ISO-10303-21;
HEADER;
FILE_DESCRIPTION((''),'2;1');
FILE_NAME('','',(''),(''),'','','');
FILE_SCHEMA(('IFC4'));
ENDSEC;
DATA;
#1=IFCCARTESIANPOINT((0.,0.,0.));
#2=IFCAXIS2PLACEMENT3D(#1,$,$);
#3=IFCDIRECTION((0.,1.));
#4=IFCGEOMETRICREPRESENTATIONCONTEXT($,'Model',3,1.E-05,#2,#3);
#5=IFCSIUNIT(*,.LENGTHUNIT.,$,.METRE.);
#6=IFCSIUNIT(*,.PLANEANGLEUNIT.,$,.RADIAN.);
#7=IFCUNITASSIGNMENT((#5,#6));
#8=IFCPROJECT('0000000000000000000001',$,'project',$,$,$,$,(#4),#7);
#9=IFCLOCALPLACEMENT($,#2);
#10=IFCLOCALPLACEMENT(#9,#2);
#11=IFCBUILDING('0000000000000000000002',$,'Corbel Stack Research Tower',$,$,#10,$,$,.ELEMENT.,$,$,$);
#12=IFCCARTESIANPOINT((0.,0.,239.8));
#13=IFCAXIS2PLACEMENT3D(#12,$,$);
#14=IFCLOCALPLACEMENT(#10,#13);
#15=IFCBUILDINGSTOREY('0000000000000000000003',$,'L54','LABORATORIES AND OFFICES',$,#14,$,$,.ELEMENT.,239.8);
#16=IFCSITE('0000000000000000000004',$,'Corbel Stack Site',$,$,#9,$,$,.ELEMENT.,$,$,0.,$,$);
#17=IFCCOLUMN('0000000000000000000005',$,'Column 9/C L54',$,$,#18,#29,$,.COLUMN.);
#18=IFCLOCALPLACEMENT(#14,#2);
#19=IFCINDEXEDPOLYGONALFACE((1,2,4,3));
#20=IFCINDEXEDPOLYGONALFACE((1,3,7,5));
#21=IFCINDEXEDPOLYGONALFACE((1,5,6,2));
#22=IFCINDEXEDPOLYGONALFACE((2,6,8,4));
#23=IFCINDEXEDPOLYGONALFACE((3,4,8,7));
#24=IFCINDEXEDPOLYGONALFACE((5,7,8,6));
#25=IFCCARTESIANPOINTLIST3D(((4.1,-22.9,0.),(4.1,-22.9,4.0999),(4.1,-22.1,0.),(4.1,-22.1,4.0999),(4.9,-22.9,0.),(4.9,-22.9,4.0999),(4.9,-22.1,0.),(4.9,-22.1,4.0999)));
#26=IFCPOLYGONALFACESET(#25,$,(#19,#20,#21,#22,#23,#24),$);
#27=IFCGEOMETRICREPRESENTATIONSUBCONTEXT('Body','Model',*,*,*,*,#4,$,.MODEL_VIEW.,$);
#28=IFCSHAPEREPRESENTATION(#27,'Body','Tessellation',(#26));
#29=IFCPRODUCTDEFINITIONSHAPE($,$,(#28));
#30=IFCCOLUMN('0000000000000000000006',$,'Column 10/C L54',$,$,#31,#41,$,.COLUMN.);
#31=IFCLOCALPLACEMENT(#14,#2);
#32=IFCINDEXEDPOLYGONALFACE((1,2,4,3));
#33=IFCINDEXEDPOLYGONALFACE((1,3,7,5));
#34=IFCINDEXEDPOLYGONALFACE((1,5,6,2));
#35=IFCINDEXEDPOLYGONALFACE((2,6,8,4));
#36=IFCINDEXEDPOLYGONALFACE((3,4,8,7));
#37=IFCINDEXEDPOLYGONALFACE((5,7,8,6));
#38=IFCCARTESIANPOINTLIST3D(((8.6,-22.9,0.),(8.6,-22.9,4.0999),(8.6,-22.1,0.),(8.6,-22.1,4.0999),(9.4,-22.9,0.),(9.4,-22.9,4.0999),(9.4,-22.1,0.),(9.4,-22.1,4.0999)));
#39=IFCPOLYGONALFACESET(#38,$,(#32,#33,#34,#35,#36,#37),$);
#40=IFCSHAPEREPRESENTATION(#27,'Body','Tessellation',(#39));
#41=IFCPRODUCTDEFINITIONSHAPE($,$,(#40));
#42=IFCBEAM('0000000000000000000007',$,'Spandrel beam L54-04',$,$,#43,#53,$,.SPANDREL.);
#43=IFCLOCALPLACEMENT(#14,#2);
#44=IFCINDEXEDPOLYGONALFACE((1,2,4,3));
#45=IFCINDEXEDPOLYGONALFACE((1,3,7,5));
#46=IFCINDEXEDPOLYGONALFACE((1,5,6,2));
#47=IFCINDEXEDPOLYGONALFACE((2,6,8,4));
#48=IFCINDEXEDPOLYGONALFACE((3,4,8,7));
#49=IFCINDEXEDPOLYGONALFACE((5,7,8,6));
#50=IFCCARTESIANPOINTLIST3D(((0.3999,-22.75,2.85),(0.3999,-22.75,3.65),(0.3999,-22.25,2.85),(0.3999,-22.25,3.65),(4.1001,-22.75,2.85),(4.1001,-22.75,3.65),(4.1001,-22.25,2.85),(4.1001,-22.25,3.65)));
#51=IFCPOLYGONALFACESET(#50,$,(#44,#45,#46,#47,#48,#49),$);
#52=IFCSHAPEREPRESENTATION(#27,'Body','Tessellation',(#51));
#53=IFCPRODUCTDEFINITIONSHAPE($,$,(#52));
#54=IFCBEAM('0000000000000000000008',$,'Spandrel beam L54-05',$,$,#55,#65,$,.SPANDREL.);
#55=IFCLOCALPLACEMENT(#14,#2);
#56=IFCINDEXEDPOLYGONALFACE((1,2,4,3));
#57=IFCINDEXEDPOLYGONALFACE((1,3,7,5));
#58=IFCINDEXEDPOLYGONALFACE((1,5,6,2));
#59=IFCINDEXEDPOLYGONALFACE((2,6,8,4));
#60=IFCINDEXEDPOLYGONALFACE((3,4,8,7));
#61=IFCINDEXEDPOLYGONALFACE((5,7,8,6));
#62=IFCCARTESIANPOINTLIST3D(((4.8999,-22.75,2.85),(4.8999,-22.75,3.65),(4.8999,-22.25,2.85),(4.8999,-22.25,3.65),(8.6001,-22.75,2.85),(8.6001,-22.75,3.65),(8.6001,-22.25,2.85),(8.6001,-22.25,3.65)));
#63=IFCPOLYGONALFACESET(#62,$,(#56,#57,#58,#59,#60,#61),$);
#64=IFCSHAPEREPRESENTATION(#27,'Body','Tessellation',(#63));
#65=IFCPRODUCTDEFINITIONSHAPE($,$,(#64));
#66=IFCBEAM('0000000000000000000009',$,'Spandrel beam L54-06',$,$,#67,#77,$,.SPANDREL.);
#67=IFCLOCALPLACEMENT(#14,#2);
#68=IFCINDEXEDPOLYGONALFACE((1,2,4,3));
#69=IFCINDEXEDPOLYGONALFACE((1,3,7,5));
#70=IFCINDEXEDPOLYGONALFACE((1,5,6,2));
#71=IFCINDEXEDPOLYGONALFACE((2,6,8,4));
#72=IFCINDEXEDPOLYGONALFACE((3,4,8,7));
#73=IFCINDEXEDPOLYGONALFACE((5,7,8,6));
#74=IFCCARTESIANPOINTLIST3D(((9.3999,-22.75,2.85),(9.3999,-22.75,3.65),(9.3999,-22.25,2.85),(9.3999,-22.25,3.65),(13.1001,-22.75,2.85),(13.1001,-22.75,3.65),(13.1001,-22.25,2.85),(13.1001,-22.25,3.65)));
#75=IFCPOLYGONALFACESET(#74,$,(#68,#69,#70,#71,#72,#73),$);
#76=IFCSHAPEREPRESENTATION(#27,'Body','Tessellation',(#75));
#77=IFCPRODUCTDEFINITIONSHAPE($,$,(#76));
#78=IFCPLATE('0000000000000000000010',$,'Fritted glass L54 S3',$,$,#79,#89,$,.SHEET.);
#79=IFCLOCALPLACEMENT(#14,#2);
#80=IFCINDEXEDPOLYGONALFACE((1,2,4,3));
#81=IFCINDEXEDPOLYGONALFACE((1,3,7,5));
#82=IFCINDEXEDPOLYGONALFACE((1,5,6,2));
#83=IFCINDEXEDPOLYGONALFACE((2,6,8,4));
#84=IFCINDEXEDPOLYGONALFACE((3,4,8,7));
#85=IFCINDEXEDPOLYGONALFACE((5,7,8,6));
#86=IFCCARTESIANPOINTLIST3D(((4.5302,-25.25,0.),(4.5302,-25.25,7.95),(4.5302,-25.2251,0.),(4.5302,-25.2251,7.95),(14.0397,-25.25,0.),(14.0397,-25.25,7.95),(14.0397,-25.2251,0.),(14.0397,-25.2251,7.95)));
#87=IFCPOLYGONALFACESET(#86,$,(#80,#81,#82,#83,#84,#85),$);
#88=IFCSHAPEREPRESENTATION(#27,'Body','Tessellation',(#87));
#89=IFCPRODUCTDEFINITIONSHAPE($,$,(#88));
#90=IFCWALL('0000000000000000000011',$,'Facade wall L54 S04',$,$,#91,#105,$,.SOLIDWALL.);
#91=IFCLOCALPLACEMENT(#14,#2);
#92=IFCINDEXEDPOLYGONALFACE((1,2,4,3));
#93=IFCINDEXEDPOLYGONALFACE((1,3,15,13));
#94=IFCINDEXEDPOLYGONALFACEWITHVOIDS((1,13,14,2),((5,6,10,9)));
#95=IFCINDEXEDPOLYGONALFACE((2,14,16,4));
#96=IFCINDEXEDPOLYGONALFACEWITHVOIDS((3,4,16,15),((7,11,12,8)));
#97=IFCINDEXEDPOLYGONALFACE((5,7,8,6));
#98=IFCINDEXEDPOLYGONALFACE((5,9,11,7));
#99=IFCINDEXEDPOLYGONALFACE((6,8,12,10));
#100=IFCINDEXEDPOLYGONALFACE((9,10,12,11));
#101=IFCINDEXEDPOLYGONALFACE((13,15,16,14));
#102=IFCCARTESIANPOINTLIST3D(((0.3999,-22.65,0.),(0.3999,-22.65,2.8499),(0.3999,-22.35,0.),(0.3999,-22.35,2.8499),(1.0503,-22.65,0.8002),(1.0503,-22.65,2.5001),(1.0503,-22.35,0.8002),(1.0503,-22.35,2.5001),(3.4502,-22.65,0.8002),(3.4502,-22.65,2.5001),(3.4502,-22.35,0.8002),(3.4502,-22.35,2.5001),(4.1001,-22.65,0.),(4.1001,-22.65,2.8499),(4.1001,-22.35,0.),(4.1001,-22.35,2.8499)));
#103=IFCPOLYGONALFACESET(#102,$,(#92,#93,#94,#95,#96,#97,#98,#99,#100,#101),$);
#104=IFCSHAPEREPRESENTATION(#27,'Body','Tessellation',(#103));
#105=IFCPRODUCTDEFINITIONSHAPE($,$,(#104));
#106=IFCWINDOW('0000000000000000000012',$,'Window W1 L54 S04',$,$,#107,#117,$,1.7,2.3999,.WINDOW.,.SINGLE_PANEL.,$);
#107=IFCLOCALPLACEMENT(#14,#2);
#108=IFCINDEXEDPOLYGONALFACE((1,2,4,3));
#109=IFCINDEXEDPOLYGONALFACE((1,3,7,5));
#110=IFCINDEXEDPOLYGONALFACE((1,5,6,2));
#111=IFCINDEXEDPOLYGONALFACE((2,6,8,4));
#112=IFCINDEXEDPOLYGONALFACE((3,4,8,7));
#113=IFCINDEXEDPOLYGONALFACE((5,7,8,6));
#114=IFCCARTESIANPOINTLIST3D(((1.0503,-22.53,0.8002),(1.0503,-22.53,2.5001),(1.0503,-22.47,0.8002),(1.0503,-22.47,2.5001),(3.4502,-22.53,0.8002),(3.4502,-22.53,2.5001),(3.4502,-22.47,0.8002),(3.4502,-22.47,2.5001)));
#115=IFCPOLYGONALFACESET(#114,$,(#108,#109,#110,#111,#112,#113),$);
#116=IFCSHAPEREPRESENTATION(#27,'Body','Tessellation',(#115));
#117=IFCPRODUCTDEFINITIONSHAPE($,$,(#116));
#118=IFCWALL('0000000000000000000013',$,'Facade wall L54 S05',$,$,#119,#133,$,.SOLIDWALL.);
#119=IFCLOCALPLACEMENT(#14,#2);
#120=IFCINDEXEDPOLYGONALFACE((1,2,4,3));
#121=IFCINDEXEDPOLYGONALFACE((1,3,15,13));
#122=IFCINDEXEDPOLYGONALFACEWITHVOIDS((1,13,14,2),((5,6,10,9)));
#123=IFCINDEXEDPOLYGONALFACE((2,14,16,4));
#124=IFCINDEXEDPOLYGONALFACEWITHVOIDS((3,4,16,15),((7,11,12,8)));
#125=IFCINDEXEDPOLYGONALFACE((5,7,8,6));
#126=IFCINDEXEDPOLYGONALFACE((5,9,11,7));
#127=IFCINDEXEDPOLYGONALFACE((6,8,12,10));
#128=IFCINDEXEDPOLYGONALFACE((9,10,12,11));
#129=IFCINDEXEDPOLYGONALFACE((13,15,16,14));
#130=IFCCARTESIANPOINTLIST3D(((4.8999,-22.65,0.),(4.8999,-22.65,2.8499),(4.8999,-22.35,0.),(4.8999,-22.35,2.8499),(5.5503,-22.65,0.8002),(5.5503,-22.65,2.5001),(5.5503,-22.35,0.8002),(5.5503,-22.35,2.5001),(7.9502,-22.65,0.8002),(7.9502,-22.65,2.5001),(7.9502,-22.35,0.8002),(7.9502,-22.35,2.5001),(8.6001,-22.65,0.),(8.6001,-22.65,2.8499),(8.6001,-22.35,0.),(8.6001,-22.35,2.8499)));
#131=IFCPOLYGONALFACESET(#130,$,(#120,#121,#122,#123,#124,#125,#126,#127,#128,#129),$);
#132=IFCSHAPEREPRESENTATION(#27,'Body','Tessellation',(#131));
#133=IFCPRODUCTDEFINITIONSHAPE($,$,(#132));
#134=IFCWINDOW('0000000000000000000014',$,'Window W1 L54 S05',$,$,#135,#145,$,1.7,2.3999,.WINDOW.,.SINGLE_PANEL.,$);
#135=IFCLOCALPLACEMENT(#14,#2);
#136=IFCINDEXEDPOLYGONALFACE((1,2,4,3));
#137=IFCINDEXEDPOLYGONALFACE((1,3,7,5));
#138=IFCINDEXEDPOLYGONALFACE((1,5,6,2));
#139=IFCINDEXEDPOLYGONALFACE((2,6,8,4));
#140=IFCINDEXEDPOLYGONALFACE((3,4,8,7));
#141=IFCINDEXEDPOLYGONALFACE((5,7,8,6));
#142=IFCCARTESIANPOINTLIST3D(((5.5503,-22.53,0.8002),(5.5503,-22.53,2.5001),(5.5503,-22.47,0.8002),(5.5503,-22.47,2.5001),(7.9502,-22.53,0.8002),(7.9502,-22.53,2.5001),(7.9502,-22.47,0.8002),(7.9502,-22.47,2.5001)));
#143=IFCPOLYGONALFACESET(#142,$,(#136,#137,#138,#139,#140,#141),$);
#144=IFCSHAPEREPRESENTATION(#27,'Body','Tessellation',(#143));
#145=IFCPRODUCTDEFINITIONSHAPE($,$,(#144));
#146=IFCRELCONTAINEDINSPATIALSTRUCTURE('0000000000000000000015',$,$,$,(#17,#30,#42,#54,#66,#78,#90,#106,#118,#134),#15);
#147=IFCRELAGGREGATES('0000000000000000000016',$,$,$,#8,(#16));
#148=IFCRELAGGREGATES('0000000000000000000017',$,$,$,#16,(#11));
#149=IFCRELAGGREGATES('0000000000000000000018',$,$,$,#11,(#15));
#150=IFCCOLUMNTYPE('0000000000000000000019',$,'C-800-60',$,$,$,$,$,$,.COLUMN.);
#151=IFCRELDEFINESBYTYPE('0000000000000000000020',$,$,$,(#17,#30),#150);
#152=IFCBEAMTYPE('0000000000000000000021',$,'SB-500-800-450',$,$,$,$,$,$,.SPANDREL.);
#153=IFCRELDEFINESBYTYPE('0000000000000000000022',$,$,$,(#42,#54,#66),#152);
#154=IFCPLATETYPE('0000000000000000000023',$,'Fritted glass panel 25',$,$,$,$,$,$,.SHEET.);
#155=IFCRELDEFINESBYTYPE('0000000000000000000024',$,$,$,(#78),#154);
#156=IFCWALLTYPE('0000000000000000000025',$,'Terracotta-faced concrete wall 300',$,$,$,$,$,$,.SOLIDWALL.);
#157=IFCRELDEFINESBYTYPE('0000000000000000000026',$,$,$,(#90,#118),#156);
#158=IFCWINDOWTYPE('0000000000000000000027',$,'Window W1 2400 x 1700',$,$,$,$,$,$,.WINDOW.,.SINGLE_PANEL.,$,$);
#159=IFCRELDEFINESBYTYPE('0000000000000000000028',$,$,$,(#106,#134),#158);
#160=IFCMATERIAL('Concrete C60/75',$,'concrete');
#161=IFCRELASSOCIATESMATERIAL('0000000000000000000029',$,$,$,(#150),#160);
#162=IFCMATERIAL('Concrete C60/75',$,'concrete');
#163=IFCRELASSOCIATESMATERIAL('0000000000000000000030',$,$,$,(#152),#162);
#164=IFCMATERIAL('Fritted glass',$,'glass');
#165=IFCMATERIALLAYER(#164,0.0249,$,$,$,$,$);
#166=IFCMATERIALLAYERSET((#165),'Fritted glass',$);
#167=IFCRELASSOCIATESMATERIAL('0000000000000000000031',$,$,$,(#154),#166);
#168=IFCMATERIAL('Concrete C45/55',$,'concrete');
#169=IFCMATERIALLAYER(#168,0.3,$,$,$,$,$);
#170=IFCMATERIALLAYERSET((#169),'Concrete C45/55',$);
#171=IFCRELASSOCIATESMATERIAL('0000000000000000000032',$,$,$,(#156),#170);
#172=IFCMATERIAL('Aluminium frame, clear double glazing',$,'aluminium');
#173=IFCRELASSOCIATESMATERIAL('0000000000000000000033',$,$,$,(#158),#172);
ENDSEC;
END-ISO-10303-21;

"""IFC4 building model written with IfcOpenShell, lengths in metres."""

from ifc_helpers import new_model, si_unit, direction, frame, frame_2d, origin, origin_2d, place, context, subcontext, project, spatial, rectangle, extrude, material, layer, layer_set, material_profile, profile_set, type_object, element, fill, save


model = new_model("IFC4")

# Units and contexts
model_context = context("Model", 3, precision=1e-05, world=origin(), true_north=direction((0.0, 1.0)))
body_context = subcontext(model_context, "Body", "Model", "MODEL_VIEW")
ifc_project = project(units=[si_unit("LENGTHUNIT", "METRE"), si_unit("PLANEANGLEUNIT", "RADIAN")], contexts=[model_context])

# Site, building, storey
site_placement = place(None, origin())
site = spatial("IfcSite", under=ifc_project, at=site_placement, Name="Corbel Stack Site", CompositionType="ELEMENT", RefElevation=0.0)
building_placement = place(site_placement, origin())
building = spatial("IfcBuilding", under=site, at=building_placement, Name="Corbel Stack Research Tower", CompositionType="ELEMENT")
storey_placement = place(building_placement, frame((0.0, 0.0, 239.8)))
storey = spatial("IfcBuildingStorey", under=building, at=storey_placement, Name="L54", Description="LABORATORIES AND OFFICES", CompositionType="ELEMENT", Elevation=239.8)

# Columns
ifc_material_1 = material(Name="Concrete C60/75", Category="concrete")
ifc_material_profile_1 = material_profile(ifc_material_1, rectangle(XDim=0.8, YDim=0.8, at=origin_2d()), Name="RC 800 x 800")
ifc_profile_set_1 = profile_set([ifc_material_profile_1], Name="Concrete C60/75")
column_type = type_object("IfcColumnType", Name="C-800-60", PredefinedType="COLUMN", material=ifc_profile_set_1)
for number, where, z_axis, x_axis, name in (
    (1, (4.5, -22.5, 0.0), (0.0, 0.0, 1.0), (1.0, 0.0, 0.0), "Column 9/C L54"),
    (2, (9.0, -22.5, 0.0), (0.0, 0.0, 1.0), (1.0, 0.0, 0.0), "Column 10/C L54"),
):
    element("IfcColumn", number, at=place(storey_placement, frame(where, z_axis=z_axis, x_axis=x_axis)), inside=storey, type_object=column_type, Name=name, PredefinedType="COLUMN", context=body_context, shape_type="SweptSolid", body=[
        extrude(rectangle(XDim=0.8, YDim=0.8, at=origin_2d()), origin(), (0.0, 0.0, 1.0), 4.0999),
    ])

# Beams
ifc_material_2 = material(Name="Concrete C60/75", Category="concrete")
ifc_material_profile_2 = material_profile(ifc_material_2, rectangle(XDim=0.5, YDim=0.8, at=origin_2d()), Name="RC 500 x 800")
ifc_profile_set_2 = profile_set([ifc_material_profile_2], Name="Concrete C60/75")
beam_type = type_object("IfcBeamType", Name="SB-500-800-450", PredefinedType="SPANDREL", material=ifc_profile_set_2)
for number, where, z_axis, x_axis, name in (
    (3, (0.3999, -22.5, 3.25), (1.0, 0.0, 0.0), (0.0, 1.0, 0.0), "Spandrel beam L54-04"),
    (4, (4.8999, -22.5, 3.25), (1.0, 0.0, 0.0), (0.0, 1.0, 0.0), "Spandrel beam L54-05"),
    (5, (9.3999, -22.5, 3.25), (1.0, 0.0, 0.0), (0.0, 1.0, 0.0), "Spandrel beam L54-06"),
):
    element("IfcBeam", number, at=place(storey_placement, frame(where, z_axis=z_axis, x_axis=x_axis)), inside=storey, type_object=beam_type, Name=name, PredefinedType="SPANDREL", context=body_context, shape_type="SweptSolid", body=[
        extrude(rectangle(XDim=0.5, YDim=0.8, at=origin_2d()), origin(), (0.0, 0.0, 1.0), 3.7002),
    ])

# Plate
ifc_material_3 = material(Name="Fritted glass", Category="glass")
ifc_layer_1 = layer(ifc_material_3, 0.0249)
ifc_layer_set_1 = layer_set([ifc_layer_1], Name="Fritted glass")
plate_type = type_object("IfcPlateType", Name="Fritted glass panel 25", PredefinedType="SHEET", material=ifc_layer_set_1)
plate_placement = place(storey_placement, frame((9.2849, -25.2375, 0.0), z_axis=(0.0, 0.0, 1.0), x_axis=(1.0, 0.0, 0.0)))
element("IfcPlate", 6, at=plate_placement, inside=storey, type_object=plate_type, Name="Fritted glass L54 S3", PredefinedType="SHEET", context=body_context, shape_type="SweptSolid", body=[
    extrude(rectangle(XDim=9.5095, YDim=0.0249, at=origin_2d()), origin(), (0.0, 0.0, 1.0), 7.95),
])

# Walls, openings, windows
ifc_material_4 = material(Name="Concrete C45/55", Category="concrete")
ifc_layer_2 = layer(ifc_material_4, 0.3)
ifc_layer_set_2 = layer_set([ifc_layer_2], Name="Concrete C45/55")
wall_type = type_object("IfcWallType", Name="Terracotta-faced concrete wall 300", PredefinedType="SOLIDWALL", material=ifc_layer_set_2)
wall_1_placement = place(storey_placement, frame((4.1001, -22.5, 0.0), z_axis=(0.0, 0.0, 1.0), x_axis=(-1.0, 0.0, 0.0)))
wall_1 = element("IfcWall", 7, at=wall_1_placement, inside=storey, type_object=wall_type, Name="Facade wall L54 S04", PredefinedType="SOLIDWALL", context=body_context, shape_type="SweptSolid", body=[
    extrude(rectangle(XDim=3.7002, YDim=0.3, at=frame_2d((1.8501, 0.0))), origin(), (0.0, 0.0, 1.0), 2.8499),
])
opening_1_placement = place(wall_1_placement, frame((0.6499, 0.0, 0.8)))
opening_1 = element("IfcOpeningElement", 8, at=opening_1_placement, cuts=wall_1, PredefinedType="OPENING", context=body_context, shape_type="SweptSolid", body=[
    extrude(rectangle(XDim=2.3999, YDim=1.7, at=frame_2d((1.2, 0.8501))), frame((0.0, 0.1599, 0.0), z_axis=(0.0, -1.0, 0.0), x_axis=(1.0, 0.0, 0.0)), (0.0, 0.0, 1.0), 0.3201),
])
ifc_material_5 = material(Name="Aluminium frame, clear double glazing", Category="aluminium")
window_type = type_object("IfcWindowType", Name="Window W1 2400 x 1700", PartitioningType="SINGLE_PANEL", PredefinedType="WINDOW", material=ifc_material_5)
window_1_placement = place(opening_1_placement, origin())
window_1 = element("IfcWindow", 9, at=window_1_placement, inside=storey, type_object=window_type, Name="Window W1 L54 S04", OverallHeight=1.7, OverallWidth=2.3999, PartitioningType="SINGLE_PANEL", PredefinedType="WINDOW", context=body_context, shape_type="SweptSolid", body=[
    extrude(rectangle(XDim=2.3999, YDim=1.7, at=frame_2d((1.2, 0.8501))), frame((0.0, 0.03, 0.0), z_axis=(0.0, -1.0, 0.0), x_axis=(1.0, 0.0, 0.0)), (0.0, 0.0, 1.0), 0.0601),
])
fill(opening_1, window_1)
wall_2_placement = place(storey_placement, frame((8.6001, -22.5, 0.0), z_axis=(0.0, 0.0, 1.0), x_axis=(-1.0, 0.0, 0.0)))
wall_2 = element("IfcWall", 10, at=wall_2_placement, inside=storey, type_object=wall_type, Name="Facade wall L54 S05", PredefinedType="SOLIDWALL", context=body_context, shape_type="SweptSolid", body=[
    extrude(rectangle(XDim=3.7002, YDim=0.3, at=frame_2d((1.8501, 0.0))), origin(), (0.0, 0.0, 1.0), 2.8499),
])
opening_2_placement = place(wall_2_placement, frame((0.6499, 0.0, 0.8)))
opening_2 = element("IfcOpeningElement", 11, at=opening_2_placement, cuts=wall_2, PredefinedType="OPENING", context=body_context, shape_type="SweptSolid", body=[
    extrude(rectangle(XDim=2.3999, YDim=1.7, at=frame_2d((1.2, 0.8501))), frame((0.0, 0.1599, 0.0), z_axis=(0.0, -1.0, 0.0), x_axis=(1.0, 0.0, 0.0)), (0.0, 0.0, 1.0), 0.3201),
])
window_2_placement = place(opening_2_placement, origin())
window_2 = element("IfcWindow", 12, at=window_2_placement, inside=storey, type_object=window_type, Name="Window W1 L54 S05", OverallHeight=1.7, OverallWidth=2.3999, PartitioningType="SINGLE_PANEL", PredefinedType="WINDOW", context=body_context, shape_type="SweptSolid", body=[
    extrude(rectangle(XDim=2.3999, YDim=1.7, at=frame_2d((1.2, 0.8501))), frame((0.0, 0.03, 0.0), z_axis=(0.0, -1.0, 0.0), x_axis=(1.0, 0.0, 0.0)), (0.0, 0.0, 1.0), 0.0601),
])
fill(opening_2, window_2)

save(model, "model.ifc")
